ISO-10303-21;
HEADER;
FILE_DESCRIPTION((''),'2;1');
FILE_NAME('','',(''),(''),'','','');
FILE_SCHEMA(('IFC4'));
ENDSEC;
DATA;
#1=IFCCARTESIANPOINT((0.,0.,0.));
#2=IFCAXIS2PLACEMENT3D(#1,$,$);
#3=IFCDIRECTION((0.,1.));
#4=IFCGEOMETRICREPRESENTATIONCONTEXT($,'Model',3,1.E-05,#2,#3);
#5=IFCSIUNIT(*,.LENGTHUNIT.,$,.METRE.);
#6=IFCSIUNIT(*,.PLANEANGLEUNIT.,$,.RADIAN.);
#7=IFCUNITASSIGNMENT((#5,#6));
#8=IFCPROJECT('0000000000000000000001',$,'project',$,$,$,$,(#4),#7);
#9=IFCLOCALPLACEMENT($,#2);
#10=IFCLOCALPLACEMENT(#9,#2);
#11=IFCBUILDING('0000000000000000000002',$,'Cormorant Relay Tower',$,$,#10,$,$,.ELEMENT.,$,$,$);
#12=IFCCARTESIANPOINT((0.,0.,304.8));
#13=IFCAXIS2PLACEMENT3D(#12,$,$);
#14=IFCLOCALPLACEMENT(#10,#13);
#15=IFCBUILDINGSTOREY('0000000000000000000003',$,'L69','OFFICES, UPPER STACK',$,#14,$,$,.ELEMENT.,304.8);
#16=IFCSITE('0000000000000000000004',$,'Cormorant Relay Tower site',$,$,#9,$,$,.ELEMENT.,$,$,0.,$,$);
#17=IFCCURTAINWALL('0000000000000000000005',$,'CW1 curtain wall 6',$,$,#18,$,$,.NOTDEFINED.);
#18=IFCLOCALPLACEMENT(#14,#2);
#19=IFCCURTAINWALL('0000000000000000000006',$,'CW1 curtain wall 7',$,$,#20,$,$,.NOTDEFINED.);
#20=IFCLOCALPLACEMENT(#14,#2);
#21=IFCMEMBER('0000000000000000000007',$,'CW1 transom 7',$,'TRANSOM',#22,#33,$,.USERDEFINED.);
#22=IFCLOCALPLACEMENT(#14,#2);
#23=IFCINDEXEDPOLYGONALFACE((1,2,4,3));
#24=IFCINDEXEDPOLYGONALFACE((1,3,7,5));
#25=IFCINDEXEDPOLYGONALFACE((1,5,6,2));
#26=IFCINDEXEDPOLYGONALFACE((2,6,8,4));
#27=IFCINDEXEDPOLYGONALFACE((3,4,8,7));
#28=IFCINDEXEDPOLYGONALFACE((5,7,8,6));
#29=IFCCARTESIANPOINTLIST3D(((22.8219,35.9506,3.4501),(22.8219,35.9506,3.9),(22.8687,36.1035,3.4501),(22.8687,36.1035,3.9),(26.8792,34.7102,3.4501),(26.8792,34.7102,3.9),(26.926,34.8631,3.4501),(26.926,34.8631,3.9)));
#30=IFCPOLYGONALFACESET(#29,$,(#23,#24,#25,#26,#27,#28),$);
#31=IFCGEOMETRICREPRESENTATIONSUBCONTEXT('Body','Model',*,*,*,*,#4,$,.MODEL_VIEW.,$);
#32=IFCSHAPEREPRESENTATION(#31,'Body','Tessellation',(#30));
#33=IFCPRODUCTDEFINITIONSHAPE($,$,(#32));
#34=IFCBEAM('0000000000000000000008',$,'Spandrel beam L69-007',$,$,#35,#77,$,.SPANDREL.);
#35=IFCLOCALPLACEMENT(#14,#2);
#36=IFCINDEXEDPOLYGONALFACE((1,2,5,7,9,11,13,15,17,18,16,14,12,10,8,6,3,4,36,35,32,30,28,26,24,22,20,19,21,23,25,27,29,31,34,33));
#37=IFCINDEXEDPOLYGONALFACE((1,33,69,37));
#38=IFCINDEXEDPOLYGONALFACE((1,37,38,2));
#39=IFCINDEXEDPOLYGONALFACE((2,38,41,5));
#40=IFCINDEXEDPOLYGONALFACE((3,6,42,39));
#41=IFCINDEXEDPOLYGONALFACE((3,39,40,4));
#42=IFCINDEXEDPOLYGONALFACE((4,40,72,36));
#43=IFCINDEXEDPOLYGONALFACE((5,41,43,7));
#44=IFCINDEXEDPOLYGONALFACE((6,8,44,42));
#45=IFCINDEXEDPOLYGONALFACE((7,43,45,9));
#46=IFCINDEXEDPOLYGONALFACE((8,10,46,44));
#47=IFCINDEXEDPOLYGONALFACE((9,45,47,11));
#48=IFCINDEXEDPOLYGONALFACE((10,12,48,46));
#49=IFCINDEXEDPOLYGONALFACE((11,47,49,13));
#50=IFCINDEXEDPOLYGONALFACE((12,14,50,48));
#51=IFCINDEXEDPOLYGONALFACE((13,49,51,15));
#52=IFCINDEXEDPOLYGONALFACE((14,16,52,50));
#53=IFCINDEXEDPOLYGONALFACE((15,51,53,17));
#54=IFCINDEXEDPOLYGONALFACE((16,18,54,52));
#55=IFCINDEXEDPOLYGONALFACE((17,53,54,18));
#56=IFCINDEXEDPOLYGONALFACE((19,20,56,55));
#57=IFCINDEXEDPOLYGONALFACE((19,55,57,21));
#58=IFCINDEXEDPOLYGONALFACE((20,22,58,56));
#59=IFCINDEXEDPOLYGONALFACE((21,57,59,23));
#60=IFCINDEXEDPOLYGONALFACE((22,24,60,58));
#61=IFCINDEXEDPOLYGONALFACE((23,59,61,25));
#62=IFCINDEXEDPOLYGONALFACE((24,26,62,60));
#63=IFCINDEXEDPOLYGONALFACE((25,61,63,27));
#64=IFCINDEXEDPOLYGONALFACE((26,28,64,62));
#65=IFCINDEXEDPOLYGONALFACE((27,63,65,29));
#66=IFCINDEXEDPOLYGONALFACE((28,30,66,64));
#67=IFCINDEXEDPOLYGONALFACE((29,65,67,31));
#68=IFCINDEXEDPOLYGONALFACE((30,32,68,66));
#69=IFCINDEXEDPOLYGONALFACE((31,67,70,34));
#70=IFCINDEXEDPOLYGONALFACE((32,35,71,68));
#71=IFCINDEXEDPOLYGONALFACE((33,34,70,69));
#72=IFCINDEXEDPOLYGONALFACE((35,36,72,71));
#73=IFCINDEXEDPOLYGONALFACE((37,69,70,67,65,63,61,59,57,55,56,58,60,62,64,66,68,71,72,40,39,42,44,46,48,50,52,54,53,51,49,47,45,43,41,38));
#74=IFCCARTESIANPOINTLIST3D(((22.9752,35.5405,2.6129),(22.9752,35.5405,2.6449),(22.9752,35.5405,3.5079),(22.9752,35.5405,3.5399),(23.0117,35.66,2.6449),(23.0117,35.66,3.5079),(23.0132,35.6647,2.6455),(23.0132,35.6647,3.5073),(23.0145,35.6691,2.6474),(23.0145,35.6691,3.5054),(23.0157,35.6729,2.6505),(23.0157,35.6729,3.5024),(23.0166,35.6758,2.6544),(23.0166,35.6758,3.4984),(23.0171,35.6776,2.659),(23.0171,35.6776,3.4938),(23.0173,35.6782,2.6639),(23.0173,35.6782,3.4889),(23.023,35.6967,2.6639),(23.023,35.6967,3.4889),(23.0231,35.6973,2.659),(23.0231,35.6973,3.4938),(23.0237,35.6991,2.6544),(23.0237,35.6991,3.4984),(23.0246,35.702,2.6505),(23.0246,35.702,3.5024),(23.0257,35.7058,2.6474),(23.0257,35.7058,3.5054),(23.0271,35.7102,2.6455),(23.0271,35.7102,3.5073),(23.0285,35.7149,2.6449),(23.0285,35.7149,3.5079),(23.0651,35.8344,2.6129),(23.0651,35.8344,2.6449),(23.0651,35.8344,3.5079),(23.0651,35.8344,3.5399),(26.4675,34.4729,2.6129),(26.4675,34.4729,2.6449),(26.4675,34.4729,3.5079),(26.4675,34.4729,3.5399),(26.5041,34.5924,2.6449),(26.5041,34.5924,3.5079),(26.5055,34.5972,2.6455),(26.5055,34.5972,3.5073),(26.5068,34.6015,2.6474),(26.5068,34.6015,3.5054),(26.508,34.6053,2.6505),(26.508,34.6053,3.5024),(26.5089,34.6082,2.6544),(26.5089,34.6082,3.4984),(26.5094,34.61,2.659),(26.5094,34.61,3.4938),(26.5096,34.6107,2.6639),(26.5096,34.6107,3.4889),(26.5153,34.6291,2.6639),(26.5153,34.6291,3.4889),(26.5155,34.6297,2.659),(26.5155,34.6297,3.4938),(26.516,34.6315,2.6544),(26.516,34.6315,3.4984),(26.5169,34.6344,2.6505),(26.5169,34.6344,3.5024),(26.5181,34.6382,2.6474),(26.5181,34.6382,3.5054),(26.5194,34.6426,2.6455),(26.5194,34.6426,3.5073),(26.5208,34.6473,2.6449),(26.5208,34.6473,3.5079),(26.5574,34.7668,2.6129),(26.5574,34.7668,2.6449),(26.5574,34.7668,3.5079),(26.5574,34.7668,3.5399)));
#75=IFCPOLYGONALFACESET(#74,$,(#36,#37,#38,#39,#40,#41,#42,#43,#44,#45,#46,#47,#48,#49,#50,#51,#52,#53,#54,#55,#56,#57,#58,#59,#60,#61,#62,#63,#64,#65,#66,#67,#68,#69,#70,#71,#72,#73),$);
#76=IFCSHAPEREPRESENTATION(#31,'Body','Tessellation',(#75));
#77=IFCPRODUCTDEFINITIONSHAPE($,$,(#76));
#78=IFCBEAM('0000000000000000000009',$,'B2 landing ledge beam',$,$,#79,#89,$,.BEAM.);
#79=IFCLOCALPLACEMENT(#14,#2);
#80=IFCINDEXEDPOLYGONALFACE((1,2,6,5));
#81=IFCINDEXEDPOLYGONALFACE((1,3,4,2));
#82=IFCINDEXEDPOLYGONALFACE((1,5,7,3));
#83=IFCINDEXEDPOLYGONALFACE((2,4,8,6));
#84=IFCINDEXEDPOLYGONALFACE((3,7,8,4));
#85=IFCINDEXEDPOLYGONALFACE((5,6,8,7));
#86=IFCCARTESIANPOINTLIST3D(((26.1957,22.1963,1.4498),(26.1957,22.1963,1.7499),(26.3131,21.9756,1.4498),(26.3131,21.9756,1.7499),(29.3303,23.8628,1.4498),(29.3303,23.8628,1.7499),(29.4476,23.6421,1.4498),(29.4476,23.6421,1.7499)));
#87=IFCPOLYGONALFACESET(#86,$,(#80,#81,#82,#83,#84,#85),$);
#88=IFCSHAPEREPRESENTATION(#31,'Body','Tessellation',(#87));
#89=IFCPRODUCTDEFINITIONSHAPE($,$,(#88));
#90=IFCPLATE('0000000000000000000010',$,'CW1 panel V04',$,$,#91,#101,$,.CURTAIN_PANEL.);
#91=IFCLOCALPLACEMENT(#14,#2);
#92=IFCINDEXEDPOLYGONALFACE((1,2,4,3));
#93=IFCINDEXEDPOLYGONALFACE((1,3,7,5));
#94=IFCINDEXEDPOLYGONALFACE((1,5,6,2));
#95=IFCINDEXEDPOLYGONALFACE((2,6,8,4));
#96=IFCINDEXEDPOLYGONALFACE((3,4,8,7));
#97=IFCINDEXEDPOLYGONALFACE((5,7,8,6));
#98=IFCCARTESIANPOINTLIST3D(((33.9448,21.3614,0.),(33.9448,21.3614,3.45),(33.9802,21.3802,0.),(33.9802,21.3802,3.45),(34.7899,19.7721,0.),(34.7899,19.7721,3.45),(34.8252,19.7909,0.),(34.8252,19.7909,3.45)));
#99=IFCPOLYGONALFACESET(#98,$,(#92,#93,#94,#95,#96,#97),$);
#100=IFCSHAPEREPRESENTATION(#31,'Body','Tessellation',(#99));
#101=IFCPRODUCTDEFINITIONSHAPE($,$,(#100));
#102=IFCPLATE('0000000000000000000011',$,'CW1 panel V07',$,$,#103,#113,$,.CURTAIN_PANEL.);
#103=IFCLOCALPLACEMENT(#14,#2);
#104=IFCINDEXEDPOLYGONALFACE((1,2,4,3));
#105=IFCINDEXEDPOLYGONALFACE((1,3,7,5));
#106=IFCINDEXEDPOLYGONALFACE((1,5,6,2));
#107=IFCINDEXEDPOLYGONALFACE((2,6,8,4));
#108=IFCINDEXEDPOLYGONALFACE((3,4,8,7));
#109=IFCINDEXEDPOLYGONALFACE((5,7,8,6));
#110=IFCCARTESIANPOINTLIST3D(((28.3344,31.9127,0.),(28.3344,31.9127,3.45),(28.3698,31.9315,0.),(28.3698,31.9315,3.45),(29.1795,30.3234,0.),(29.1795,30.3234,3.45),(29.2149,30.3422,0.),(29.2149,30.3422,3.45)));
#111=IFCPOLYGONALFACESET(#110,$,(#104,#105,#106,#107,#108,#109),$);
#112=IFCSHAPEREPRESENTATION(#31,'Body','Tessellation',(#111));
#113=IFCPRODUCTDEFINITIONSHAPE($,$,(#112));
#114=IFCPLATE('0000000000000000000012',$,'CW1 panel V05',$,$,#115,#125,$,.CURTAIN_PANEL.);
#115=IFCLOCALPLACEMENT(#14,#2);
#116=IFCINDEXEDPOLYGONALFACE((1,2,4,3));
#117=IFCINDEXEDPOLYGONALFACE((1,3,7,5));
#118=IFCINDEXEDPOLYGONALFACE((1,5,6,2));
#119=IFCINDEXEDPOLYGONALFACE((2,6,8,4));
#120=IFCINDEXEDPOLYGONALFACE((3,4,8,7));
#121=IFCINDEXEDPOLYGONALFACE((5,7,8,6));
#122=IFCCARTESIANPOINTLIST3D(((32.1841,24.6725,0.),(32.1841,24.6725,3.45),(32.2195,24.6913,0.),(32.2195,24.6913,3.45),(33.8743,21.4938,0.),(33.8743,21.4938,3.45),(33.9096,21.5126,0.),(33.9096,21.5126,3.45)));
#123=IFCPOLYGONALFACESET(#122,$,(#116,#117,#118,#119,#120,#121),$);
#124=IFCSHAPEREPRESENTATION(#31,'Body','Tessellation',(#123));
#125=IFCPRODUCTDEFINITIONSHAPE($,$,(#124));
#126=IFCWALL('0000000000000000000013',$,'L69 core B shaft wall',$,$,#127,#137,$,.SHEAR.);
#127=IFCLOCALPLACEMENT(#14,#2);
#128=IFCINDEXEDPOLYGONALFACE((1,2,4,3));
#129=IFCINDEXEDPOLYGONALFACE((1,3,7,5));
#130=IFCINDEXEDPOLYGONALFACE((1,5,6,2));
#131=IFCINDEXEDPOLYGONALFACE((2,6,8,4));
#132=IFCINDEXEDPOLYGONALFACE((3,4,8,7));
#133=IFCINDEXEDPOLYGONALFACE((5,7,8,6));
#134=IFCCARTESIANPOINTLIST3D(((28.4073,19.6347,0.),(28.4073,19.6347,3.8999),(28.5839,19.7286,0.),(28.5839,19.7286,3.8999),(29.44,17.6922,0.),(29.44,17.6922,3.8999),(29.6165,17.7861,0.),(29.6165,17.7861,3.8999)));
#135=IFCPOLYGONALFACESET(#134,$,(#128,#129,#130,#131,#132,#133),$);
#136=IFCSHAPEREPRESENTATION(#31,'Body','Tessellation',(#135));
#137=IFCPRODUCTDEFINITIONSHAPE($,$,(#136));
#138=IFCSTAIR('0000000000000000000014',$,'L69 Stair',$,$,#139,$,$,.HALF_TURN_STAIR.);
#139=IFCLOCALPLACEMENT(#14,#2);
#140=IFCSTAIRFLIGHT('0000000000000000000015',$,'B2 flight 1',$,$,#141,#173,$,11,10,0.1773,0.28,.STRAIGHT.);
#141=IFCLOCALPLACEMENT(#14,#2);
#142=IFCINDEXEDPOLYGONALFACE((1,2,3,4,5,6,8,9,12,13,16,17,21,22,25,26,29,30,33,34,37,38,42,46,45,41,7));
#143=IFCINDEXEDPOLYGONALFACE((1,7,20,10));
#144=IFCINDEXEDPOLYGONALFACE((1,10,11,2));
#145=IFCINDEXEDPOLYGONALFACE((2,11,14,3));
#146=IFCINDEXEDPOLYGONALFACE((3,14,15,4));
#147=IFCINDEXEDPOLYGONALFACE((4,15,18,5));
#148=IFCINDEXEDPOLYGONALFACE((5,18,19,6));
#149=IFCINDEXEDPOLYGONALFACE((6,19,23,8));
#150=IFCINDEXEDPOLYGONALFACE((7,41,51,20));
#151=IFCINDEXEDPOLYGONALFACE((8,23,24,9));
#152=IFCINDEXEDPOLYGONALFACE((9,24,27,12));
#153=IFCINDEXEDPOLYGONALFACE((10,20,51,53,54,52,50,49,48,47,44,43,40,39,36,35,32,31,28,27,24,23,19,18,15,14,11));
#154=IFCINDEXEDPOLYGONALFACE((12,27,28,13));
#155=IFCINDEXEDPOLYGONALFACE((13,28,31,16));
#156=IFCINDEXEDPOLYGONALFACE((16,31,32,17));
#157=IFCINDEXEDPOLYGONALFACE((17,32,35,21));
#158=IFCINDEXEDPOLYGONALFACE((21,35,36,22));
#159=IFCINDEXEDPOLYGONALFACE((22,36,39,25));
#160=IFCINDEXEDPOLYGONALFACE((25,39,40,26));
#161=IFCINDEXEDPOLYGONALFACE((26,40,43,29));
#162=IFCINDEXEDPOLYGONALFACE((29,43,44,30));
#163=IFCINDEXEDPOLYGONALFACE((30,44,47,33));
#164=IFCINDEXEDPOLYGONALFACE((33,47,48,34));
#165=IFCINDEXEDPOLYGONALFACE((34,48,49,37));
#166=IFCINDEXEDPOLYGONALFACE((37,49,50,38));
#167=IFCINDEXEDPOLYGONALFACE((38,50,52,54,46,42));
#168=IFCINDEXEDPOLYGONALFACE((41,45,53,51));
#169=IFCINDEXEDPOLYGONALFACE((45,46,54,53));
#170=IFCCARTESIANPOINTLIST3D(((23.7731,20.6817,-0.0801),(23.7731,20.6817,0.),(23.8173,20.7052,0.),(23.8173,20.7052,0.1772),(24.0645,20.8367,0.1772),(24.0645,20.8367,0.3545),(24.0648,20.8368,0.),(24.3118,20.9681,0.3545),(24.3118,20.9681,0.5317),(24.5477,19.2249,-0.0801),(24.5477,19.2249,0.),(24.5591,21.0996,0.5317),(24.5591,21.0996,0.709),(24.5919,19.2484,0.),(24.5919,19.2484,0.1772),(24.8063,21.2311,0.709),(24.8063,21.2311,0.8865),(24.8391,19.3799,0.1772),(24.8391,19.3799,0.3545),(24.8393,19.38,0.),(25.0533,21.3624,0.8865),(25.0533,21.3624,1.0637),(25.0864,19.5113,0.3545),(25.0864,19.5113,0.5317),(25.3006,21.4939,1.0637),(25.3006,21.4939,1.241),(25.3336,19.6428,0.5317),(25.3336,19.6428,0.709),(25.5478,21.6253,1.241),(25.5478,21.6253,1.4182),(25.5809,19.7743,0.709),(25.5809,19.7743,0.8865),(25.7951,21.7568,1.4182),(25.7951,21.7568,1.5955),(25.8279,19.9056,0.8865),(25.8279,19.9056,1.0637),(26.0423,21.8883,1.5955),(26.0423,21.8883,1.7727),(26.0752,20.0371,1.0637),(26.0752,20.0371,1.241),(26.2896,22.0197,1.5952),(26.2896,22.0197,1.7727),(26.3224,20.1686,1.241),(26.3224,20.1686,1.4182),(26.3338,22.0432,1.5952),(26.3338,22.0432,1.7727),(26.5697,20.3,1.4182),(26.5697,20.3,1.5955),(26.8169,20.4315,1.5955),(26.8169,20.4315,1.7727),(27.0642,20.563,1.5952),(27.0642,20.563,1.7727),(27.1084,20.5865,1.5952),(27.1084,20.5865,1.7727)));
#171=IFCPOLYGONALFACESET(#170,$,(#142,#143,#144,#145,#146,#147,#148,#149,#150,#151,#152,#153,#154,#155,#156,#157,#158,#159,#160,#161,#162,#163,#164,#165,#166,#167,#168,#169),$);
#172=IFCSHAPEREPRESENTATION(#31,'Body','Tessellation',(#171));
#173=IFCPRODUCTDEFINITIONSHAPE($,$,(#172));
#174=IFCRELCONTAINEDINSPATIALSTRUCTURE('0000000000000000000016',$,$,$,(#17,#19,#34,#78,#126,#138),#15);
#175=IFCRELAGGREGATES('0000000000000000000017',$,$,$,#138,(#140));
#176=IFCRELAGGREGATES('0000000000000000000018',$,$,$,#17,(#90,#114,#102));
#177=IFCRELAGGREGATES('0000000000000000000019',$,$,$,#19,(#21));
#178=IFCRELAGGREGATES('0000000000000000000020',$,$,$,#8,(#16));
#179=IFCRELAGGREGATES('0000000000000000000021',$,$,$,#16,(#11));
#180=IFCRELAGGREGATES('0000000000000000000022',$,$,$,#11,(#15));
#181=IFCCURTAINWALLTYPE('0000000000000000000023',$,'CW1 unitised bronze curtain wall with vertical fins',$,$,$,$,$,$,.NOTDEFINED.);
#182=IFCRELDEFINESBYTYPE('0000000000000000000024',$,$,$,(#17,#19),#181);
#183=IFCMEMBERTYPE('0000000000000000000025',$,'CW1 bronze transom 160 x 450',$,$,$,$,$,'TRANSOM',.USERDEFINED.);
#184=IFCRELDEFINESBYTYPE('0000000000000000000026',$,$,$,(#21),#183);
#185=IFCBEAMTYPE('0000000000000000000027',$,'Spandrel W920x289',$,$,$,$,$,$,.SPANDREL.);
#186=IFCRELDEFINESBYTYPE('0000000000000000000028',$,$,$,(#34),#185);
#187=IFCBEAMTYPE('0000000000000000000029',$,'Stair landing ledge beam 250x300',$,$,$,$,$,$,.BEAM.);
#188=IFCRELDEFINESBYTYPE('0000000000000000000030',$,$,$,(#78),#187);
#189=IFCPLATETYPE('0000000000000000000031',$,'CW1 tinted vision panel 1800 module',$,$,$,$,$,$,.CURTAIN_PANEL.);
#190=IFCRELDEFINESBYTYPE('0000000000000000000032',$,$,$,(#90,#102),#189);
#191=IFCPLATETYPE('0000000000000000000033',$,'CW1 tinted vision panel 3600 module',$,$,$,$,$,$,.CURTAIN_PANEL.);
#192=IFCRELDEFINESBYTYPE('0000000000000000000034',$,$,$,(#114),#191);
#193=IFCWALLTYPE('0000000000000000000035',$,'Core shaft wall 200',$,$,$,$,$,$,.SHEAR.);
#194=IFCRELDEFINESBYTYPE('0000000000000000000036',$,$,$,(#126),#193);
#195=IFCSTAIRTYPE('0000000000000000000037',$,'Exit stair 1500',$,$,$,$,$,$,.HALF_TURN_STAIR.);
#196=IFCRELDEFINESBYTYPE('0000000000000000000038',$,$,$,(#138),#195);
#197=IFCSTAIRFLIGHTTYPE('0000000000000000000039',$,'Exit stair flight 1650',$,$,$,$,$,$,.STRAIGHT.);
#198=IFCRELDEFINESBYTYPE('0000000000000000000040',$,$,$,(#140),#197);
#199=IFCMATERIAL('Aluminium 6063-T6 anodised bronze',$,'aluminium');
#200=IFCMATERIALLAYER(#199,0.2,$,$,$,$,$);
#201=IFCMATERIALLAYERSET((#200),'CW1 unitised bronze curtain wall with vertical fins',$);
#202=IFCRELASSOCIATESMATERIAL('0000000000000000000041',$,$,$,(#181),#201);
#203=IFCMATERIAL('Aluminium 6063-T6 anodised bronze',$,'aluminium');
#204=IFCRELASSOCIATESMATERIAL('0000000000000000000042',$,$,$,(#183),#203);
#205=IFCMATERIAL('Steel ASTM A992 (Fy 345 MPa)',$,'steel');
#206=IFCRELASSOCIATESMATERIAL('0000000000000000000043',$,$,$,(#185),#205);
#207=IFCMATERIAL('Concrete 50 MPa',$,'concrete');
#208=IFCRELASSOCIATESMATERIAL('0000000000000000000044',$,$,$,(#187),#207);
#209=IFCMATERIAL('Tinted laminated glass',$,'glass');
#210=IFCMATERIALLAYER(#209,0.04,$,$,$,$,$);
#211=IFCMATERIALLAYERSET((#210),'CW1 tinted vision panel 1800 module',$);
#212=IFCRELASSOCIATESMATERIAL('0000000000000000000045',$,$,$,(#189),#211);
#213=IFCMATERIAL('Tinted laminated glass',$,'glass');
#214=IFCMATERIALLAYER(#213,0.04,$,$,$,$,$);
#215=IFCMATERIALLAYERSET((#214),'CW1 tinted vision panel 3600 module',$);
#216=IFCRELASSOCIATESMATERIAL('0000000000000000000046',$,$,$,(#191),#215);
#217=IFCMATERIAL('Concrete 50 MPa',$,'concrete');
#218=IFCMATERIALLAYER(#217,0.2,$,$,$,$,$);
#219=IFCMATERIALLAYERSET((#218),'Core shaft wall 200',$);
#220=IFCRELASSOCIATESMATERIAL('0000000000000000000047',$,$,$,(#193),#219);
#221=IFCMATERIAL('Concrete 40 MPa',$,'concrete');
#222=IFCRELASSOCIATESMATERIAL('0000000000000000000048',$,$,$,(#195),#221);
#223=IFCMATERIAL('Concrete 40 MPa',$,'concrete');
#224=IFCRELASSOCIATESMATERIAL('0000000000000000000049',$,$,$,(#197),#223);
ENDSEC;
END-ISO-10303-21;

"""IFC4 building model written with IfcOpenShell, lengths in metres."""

from ifc_helpers import new_model, si_unit, direction, frame, frame_2d, origin, origin_2d, place, context, subcontext, project, spatial, polyline, rectangle, i_section, outline, extrude, material, layer, layer_set, material_profile, profile_set, type_object, element, aggregate, save


model = new_model("IFC4")

# Units and contexts
model_context = context("Model", 3, precision=1e-05, world=origin(), true_north=direction((0.0, 1.0)))
body_context = subcontext(model_context, "Body", "Model", "MODEL_VIEW")
ifc_project = project(units=[si_unit("LENGTHUNIT", "METRE"), si_unit("PLANEANGLEUNIT", "RADIAN")], contexts=[model_context])

# Site, building, storey
site_placement = place(None, origin())
site = spatial("IfcSite", under=ifc_project, at=site_placement, Name="Cormorant Relay Tower site", CompositionType="ELEMENT", RefElevation=0.0)
building_placement = place(site_placement, origin())
building = spatial("IfcBuilding", under=site, at=building_placement, Name="Cormorant Relay Tower", CompositionType="ELEMENT")
storey_placement = place(building_placement, frame((0.0, 0.0, 304.8)))
storey = spatial("IfcBuildingStorey", under=building, at=storey_placement, Name="L69", Description="OFFICES, UPPER STACK", CompositionType="ELEMENT", Elevation=304.8)

# Curtain walls, member
ifc_material_1 = material(Name="Aluminium 6063-T6 anodised bronze", Category="aluminium")
ifc_layer_1 = layer(ifc_material_1, 0.2)
ifc_layer_set_1 = layer_set([ifc_layer_1], Name="CW1 unitised bronze curtain wall with vertical fins")
curtain_wall_type = type_object("IfcCurtainWallType", Name="CW1 unitised bronze curtain wall with vertical fins", PredefinedType="NOTDEFINED", material=ifc_layer_set_1)
curtain_wall_1_placement = place(storey_placement, origin())
curtain_wall_1 = element("IfcCurtainWall", 1, at=curtain_wall_1_placement, inside=storey, type_object=curtain_wall_type, Name="CW1 curtain wall 6", PredefinedType="NOTDEFINED")
curtain_wall_2_placement = place(storey_placement, origin())
curtain_wall_2 = element("IfcCurtainWall", 2, at=curtain_wall_2_placement, inside=storey, type_object=curtain_wall_type, Name="CW1 curtain wall 7", PredefinedType="NOTDEFINED")
ifc_material_2 = material(Name="Aluminium 6063-T6 anodised bronze", Category="aluminium")
ifc_material_profile_1 = material_profile(ifc_material_2, rectangle(XDim=0.1599, YDim=0.45, at=origin_2d()), Name="AL 160x450")
ifc_profile_set_1 = profile_set([ifc_material_profile_1], Name="Aluminium 6063-T6 anodised bronze")
member_type_1 = type_object("IfcMemberType", Name="CW1 bronze transom 160 x 450", ElementType="TRANSOM", PredefinedType="USERDEFINED", material=ifc_profile_set_1)
member_1_placement = place(storey_placement, frame((26.9026, 34.7866, 3.675), z_axis=(-0.956304, 0.292375, 0.0), x_axis=(-0.292375, -0.956304, 0.0)))
member_1 = element("IfcMember", 3, at=member_1_placement, type_object=member_type_1, Name="CW1 transom 7", ObjectType="TRANSOM", PredefinedType="USERDEFINED", context=body_context, shape_type="SweptSolid", body=[
    extrude(rectangle(XDim=0.1599, YDim=0.45, at=origin_2d()), origin(), (0.0, 0.0, 1.0), 4.2427),
])

# Beams
ifc_material_3 = material(Name="Steel ASTM A992 (Fy 345 MPa)", Category="steel")
ifc_material_profile_2 = material_profile(ifc_material_3, i_section(OverallWidth=0.3074, OverallDepth=0.927, WebThickness=0.0193, FlangeThickness=0.032, FilletRadius=0.019, at=origin_2d()), Name="W920x289")
ifc_profile_set_2 = profile_set([ifc_material_profile_2], Name="Steel ASTM A992 (Fy 345 MPa)")
beam_type_1 = type_object("IfcBeamType", Name="Spandrel W920x289", PredefinedType="SPANDREL", material=ifc_profile_set_2)
beam_1_placement = place(storey_placement, frame((26.5125, 34.6199, 3.0764), z_axis=(-0.956314, 0.292343, 0.0), x_axis=(-0.292343, -0.956314, 0.0)))
element("IfcBeam", 4, at=beam_1_placement, inside=storey, type_object=beam_type_1, Name="Spandrel beam L69-007", PredefinedType="SPANDREL", context=body_context, shape_type="SweptSolid", body=[
    extrude(i_section(OverallWidth=0.3074, OverallDepth=0.927, WebThickness=0.0193, FlangeThickness=0.032, FilletRadius=0.019, at=origin_2d()), origin(), (0.0, 0.0, 1.0), 3.6519),
])
ifc_material_4 = material(Name="Concrete 50 MPa", Category="concrete")
ifc_material_profile_3 = material_profile(ifc_material_4, rectangle(XDim=0.25, YDim=0.3, at=origin_2d()), Name="RC 250x300")
ifc_profile_set_3 = profile_set([ifc_material_profile_3], Name="Concrete 50 MPa")
beam_type_2 = type_object("IfcBeamType", Name="Stair landing ledge beam 250x300", PredefinedType="BEAM", material=ifc_profile_set_3)
beam_2_placement = place(storey_placement, frame((26.2544, 22.0859, 1.5999), z_axis=(0.882965, 0.469438, 0.0), x_axis=(-0.469438, 0.882965, 0.0)))
element("IfcBeam", 5, at=beam_2_placement, inside=storey, type_object=beam_type_2, Name="B2 landing ledge beam", PredefinedType="BEAM", context=body_context, shape_type="SweptSolid", body=[
    extrude(rectangle(XDim=0.25, YDim=0.3, at=origin_2d()), origin(), (0.0, 0.0, 1.0), 3.55),
])

# Plates
ifc_material_5 = material(Name="Tinted laminated glass", Category="glass")
ifc_layer_2 = layer(ifc_material_5, 0.04)
ifc_layer_set_2 = layer_set([ifc_layer_2], Name="CW1 tinted vision panel 1800 module")
plate_type_1 = type_object("IfcPlateType", Name="CW1 tinted vision panel 1800 module", PredefinedType="CURTAIN_PANEL", material=ifc_layer_set_2)
plate_1_placement = place(storey_placement, frame((34.385, 20.5762, 0.0), z_axis=(0.0, 0.0, 1.0), x_axis=(-0.469472, 0.882948, 0.0)))
plate_1 = element("IfcPlate", 6, at=plate_1_placement, type_object=plate_type_1, Name="CW1 panel V04", PredefinedType="CURTAIN_PANEL", context=body_context, shape_type="SweptSolid", body=[
    extrude(rectangle(XDim=1.8, YDim=0.04, at=origin_2d()), origin(), (0.0, 0.0, 1.0), 3.45),
])
plate_2_placement = place(storey_placement, frame((28.7747, 31.1274, 0.0), z_axis=(0.0, 0.0, 1.0), x_axis=(-0.469472, 0.882948, 0.0)))
plate_2 = element("IfcPlate", 7, at=plate_2_placement, type_object=plate_type_1, Name="CW1 panel V07", PredefinedType="CURTAIN_PANEL", context=body_context, shape_type="SweptSolid", body=[
    extrude(rectangle(XDim=1.8, YDim=0.04, at=origin_2d()), origin(), (0.0, 0.0, 1.0), 3.45),
])
ifc_material_6 = material(Name="Tinted laminated glass", Category="glass")
ifc_layer_3 = layer(ifc_material_6, 0.04)
ifc_layer_set_3 = layer_set([ifc_layer_3], Name="CW1 tinted vision panel 3600 module")
plate_type_2 = type_object("IfcPlateType", Name="CW1 tinted vision panel 3600 module", PredefinedType="CURTAIN_PANEL", material=ifc_layer_set_3)
plate_3_placement = place(storey_placement, frame((33.0469, 23.0925, 0.0), z_axis=(0.0, 0.0, 1.0), x_axis=(-0.469472, 0.882948, 0.0)))
plate_3 = element("IfcPlate", 8, at=plate_3_placement, type_object=plate_type_2, Name="CW1 panel V05", PredefinedType="CURTAIN_PANEL", context=body_context, shape_type="SweptSolid", body=[
    extrude(rectangle(XDim=3.6001, YDim=0.04, at=origin_2d()), origin(), (0.0, 0.0, 1.0), 3.45),
])

# Wall
ifc_material_7 = material(Name="Concrete 50 MPa", Category="concrete")
ifc_layer_4 = layer(ifc_material_7, 0.2)
ifc_layer_set_4 = layer_set([ifc_layer_4], Name="Core shaft wall 200")
wall_type = type_object("IfcWallType", Name="Core shaft wall 200", PredefinedType="SHEAR", material=ifc_layer_set_4)
wall_placement = place(storey_placement, frame((29.5283, 17.739, 0.0), z_axis=(0.0, 0.0, 1.0), x_axis=(-0.469401, 0.882985, 0.0)))
element("IfcWall", 9, at=wall_placement, inside=storey, type_object=wall_type, Name="L69 core B shaft wall", PredefinedType="SHEAR", context=body_context, shape_type="SweptSolid", body=[
    extrude(rectangle(XDim=2.2, YDim=0.2, at=frame_2d((1.1001, 0.0))), origin(), (0.0, 0.0, 1.0), 3.8999),
])

# Stair, stair flight
ifc_material_8 = material(Name="Concrete 40 MPa", Category="concrete")
stair_type = type_object("IfcStairType", Name="Exit stair 1500", PredefinedType="HALF_TURN_STAIR", material=ifc_material_8)
stair_placement = place(storey_placement, origin())
stair = element("IfcStair", 10, at=stair_placement, inside=storey, type_object=stair_type, Name="L69 Stair", PredefinedType="HALF_TURN_STAIR")
ifc_material_9 = material(Name="Concrete 40 MPa", Category="concrete")
stair_flight_type = type_object("IfcStairFlightType", Name="Exit stair flight 1650", PredefinedType="STRAIGHT", material=ifc_material_9)
stair_flight_1_placement = place(storey_placement, frame((24.2046, 19.9768, 0.0), z_axis=(0.0, 0.0, 1.0), x_axis=(0.882948, 0.469472, 0.0)))
stair_flight_1 = element("IfcStairFlight", 11, at=stair_flight_1_placement, type_object=stair_flight_type, Name="B2 flight 1", NumberOfRisers=11, NumberOfTreads=10, PredefinedType="STRAIGHT", RiserHeight=0.1773, TreadLength=0.28, context=body_context, shape_type="SweptSolid", body=[
    extrude(outline(polyline([(-0.05, -0.0801), (-0.05, 0.0), (0.0, 0.0), (0.0, 0.1772), (0.28, 0.1772), (0.28, 0.3545), (0.5601, 0.3545), (0.5601, 0.5317), (0.8401, 0.5317), (0.8401, 0.709), (1.1201, 0.709), (1.1201, 0.8865), (1.3999, 0.8865), (1.3999, 1.0637), (1.6799, 1.0637), (1.6799, 1.241), (1.96, 1.241), (1.96, 1.4182), (2.24, 1.4182), (2.24, 1.5955), (2.52, 1.5955), (2.52, 1.7727), (2.8, 1.7727), (2.8501, 1.7727), (2.8501, 1.5952), (2.8, 1.5952), (0.2803, 0.0), (-0.05, -0.0801)])), frame((0.0, 0.825, 0.0), z_axis=(0.0, -1.0, 0.0), x_axis=(1.0, 0.0, 0.0)), (0.0, 0.0, 1.0), 1.6499),
])
aggregate(stair, [stair_flight_1])

aggregate(curtain_wall_1, [plate_1, plate_3, plate_2])
aggregate(curtain_wall_2, [member_1])

save(model, "model.ifc")
